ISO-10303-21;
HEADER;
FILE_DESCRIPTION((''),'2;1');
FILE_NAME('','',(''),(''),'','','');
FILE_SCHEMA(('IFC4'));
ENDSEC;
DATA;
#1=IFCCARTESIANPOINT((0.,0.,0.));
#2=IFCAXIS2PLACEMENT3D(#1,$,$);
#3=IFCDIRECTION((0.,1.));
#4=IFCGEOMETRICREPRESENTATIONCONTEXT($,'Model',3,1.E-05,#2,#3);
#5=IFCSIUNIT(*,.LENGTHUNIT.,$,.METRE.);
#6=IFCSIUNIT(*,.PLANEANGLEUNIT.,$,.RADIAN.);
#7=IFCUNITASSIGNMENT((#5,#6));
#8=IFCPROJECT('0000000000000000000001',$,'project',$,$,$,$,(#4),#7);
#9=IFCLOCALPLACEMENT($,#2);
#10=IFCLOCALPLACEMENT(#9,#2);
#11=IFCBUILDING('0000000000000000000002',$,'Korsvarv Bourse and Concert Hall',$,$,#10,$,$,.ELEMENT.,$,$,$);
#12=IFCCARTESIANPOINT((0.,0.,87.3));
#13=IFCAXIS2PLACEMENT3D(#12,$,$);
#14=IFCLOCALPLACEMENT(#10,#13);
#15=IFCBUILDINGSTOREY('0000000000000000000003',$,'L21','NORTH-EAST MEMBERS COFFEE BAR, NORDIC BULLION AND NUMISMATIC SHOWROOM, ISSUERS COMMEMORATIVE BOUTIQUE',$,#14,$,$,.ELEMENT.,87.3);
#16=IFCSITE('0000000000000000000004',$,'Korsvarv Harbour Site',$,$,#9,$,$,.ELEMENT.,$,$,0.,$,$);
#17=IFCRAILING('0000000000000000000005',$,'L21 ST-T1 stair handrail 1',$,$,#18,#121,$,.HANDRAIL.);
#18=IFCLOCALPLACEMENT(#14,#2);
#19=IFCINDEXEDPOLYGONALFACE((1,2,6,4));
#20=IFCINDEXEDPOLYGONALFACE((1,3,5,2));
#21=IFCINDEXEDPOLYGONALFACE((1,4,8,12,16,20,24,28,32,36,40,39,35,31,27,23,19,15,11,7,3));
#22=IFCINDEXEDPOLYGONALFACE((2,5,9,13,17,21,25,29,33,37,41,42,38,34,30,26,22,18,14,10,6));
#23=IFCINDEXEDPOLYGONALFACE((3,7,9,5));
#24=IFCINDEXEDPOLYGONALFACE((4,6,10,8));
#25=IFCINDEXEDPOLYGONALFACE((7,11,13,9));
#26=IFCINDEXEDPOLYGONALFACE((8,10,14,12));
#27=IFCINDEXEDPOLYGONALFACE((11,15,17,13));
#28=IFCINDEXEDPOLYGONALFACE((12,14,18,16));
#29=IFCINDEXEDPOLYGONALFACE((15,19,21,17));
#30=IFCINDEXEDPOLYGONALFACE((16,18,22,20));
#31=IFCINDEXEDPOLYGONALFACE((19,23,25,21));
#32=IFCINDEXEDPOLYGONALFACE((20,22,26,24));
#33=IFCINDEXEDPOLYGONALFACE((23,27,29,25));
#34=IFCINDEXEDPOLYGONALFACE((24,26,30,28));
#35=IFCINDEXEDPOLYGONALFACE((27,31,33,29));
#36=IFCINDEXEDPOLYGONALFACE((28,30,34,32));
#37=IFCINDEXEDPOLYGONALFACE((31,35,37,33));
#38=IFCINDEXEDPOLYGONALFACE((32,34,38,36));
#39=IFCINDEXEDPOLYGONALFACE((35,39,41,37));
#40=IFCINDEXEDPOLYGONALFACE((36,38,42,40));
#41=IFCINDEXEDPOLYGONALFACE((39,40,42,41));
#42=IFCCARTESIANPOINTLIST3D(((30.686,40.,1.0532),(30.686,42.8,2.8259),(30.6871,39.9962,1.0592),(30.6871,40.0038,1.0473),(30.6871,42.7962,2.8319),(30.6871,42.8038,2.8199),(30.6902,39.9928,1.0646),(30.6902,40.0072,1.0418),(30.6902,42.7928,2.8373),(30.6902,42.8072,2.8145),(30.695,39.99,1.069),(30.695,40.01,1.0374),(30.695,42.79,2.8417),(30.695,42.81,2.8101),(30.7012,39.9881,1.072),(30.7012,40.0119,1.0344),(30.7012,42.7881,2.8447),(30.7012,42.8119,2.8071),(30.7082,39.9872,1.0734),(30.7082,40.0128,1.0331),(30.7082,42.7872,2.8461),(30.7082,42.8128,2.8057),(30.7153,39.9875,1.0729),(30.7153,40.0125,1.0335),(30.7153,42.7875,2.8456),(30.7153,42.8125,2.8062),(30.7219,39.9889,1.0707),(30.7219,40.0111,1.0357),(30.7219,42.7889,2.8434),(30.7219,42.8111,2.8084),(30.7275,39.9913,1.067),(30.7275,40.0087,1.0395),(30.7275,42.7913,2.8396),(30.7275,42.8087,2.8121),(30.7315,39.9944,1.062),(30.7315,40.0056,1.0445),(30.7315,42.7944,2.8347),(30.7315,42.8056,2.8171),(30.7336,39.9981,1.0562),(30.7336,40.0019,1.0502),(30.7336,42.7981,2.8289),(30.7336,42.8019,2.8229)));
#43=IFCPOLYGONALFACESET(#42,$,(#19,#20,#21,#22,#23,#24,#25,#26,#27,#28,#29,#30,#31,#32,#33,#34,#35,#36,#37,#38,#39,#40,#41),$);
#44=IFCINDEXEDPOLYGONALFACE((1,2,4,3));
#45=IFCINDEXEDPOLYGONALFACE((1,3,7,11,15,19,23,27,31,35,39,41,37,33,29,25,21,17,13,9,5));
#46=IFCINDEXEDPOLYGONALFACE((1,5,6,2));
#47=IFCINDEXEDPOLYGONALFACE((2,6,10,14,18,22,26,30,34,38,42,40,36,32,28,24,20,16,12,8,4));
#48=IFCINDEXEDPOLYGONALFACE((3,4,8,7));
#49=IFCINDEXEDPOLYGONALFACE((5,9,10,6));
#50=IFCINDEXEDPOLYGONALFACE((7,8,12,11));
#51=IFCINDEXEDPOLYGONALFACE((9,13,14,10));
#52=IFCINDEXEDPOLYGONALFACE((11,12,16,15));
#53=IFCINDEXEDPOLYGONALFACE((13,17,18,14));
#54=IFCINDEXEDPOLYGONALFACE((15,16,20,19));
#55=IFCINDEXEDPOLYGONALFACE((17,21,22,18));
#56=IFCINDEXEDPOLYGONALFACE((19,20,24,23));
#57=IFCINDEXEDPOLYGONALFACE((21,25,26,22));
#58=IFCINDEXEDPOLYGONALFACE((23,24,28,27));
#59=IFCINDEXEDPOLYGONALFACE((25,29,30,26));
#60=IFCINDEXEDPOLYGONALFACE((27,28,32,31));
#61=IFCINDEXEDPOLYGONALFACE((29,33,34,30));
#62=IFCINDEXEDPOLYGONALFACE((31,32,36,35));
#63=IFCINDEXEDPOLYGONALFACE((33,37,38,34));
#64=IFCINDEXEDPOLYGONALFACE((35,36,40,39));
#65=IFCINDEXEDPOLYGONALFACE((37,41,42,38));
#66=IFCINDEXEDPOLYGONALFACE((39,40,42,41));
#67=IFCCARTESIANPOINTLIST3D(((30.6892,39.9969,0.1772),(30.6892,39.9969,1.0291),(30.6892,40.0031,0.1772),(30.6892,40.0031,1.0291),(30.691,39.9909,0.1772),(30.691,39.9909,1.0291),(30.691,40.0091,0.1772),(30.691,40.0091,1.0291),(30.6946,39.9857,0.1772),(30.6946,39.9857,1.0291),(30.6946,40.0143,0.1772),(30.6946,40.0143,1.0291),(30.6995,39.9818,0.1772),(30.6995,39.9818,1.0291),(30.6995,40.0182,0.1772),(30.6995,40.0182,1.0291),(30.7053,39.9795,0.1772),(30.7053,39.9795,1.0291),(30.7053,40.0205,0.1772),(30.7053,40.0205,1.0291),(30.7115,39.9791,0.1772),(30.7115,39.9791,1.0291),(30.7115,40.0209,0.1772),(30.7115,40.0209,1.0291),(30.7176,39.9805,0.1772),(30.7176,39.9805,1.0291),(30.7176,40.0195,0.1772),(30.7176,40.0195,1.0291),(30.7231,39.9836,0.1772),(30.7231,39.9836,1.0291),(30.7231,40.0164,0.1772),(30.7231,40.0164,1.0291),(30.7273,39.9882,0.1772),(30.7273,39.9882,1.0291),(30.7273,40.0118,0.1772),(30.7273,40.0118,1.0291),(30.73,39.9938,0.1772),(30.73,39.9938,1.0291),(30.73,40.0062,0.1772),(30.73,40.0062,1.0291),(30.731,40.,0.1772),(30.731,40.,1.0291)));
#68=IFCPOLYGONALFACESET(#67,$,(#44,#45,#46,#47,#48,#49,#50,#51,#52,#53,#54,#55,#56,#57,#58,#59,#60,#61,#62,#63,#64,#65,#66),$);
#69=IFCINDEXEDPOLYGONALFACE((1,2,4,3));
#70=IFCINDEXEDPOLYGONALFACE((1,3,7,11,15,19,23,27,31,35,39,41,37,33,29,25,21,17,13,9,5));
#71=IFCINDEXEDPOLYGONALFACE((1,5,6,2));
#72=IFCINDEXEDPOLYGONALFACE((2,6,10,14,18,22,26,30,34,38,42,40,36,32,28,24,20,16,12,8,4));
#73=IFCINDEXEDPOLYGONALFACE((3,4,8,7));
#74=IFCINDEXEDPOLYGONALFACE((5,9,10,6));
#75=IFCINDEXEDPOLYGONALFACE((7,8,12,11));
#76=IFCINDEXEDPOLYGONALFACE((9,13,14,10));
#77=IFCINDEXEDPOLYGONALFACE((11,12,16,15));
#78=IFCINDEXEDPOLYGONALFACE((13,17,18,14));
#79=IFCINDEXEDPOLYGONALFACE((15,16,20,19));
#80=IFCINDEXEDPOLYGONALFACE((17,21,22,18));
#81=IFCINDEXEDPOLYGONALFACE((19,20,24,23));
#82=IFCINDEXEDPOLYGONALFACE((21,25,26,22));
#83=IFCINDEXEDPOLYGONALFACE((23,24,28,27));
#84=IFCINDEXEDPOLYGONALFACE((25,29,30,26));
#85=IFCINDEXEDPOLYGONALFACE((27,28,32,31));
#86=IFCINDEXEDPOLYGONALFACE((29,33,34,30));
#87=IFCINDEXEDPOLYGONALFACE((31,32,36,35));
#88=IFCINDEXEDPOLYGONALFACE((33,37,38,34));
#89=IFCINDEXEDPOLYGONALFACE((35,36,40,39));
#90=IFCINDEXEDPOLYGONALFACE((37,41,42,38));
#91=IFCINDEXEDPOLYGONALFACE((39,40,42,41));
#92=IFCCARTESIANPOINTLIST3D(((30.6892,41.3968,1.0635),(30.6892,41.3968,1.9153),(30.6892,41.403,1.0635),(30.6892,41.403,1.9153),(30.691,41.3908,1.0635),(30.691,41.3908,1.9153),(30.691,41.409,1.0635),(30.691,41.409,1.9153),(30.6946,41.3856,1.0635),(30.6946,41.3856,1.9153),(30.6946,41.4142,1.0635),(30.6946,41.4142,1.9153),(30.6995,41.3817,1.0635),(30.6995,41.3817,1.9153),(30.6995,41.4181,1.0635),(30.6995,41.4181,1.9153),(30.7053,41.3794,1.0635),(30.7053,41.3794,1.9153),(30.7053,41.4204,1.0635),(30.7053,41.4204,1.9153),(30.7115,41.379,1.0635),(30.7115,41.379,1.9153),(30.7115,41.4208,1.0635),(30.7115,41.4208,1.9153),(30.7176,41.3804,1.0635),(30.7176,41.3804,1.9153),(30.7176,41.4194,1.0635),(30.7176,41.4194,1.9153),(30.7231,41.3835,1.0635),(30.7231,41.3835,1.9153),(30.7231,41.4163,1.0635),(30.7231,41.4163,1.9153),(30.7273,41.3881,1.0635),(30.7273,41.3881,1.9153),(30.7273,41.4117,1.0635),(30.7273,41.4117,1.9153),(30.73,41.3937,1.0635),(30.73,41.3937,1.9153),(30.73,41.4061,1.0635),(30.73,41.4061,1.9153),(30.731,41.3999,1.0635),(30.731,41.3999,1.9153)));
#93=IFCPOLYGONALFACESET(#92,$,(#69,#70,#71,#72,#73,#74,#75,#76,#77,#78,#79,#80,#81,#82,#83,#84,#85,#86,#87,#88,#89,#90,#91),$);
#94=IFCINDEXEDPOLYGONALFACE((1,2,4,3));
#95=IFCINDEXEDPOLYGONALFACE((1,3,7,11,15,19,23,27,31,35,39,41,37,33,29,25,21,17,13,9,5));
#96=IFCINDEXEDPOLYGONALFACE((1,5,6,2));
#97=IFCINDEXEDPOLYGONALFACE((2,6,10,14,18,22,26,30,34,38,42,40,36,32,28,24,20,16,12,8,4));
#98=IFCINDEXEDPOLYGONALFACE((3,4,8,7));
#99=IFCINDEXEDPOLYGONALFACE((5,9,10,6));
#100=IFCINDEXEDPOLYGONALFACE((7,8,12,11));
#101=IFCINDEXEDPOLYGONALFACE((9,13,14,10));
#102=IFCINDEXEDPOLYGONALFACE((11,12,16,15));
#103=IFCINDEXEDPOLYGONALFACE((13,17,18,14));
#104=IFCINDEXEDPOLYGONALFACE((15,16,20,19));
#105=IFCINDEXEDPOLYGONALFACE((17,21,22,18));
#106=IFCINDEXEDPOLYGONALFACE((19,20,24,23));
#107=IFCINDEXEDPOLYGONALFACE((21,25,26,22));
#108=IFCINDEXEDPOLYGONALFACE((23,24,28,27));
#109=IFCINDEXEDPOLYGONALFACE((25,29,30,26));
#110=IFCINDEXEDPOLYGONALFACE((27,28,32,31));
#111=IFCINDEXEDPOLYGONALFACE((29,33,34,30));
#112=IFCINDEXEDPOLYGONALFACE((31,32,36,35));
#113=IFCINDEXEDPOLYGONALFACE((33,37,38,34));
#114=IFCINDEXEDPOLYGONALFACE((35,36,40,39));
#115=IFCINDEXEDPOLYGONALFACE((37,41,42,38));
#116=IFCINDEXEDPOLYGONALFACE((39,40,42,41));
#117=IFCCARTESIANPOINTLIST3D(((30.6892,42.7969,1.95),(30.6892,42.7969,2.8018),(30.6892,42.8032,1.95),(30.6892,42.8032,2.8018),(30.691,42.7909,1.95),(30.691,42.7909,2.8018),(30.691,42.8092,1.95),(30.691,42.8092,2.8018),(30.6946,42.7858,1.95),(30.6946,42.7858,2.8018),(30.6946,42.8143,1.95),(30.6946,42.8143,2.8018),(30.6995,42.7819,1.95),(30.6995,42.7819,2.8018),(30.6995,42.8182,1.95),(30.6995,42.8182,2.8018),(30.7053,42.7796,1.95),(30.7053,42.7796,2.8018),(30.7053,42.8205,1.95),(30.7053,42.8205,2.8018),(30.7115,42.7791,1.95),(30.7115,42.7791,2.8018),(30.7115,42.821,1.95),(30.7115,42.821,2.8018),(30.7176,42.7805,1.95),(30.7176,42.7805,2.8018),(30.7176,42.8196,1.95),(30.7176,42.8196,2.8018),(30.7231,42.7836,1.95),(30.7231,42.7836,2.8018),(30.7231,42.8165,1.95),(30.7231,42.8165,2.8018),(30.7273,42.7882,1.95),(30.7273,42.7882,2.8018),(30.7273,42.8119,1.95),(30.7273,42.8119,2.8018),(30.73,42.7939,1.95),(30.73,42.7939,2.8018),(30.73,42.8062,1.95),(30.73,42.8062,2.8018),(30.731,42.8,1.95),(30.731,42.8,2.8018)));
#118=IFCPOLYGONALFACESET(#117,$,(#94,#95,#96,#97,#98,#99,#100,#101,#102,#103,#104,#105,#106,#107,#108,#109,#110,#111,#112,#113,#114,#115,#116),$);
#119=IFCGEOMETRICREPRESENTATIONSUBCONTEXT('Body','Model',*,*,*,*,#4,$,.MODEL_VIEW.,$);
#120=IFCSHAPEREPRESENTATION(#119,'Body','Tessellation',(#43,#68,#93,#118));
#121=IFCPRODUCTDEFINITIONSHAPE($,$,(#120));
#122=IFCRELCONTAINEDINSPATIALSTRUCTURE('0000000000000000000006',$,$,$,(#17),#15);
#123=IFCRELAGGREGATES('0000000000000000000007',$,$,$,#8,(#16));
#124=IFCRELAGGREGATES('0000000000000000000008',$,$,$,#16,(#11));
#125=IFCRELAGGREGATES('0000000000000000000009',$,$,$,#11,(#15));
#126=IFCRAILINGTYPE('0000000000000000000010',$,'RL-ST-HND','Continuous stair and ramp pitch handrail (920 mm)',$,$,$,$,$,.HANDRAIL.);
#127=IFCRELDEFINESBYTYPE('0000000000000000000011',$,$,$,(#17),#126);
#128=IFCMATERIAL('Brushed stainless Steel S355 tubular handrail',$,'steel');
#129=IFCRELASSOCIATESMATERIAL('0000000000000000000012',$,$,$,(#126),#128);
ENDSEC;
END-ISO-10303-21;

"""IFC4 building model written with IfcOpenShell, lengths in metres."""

from ifc_helpers import new_model, si_unit, direction, frame, origin, origin_2d, place, context, subcontext, project, spatial, circle, extrude, material, type_object, element, save


model = new_model("IFC4")

# Units and contexts
model_context = context("Model", 3, precision=1e-05, world=origin(), true_north=direction((0.0, 1.0)))
body_context = subcontext(model_context, "Body", "Model", "MODEL_VIEW")
ifc_project = project(units=[si_unit("LENGTHUNIT", "METRE"), si_unit("PLANEANGLEUNIT", "RADIAN")], contexts=[model_context])

# Site, building, storey
site_placement = place(None, origin())
site = spatial("IfcSite", under=ifc_project, at=site_placement, Name="Korsvarv Harbour Site", CompositionType="ELEMENT", RefElevation=0.0)
building_placement = place(site_placement, origin())
building = spatial("IfcBuilding", under=site, at=building_placement, Name="Korsvarv Bourse and Concert Hall", CompositionType="ELEMENT")
storey_placement = place(building_placement, frame((0.0, 0.0, 87.3)))
storey = spatial("IfcBuildingStorey", under=building, at=storey_placement, Name="L21", Description="NORTH-EAST MEMBERS COFFEE BAR, NORDIC BULLION AND NUMISMATIC SHOWROOM, ISSUERS COMMEMORATIVE BOUTIQUE", CompositionType="ELEMENT", Elevation=87.3)

# Railing
ifc_material_1 = material(Name="Brushed stainless Steel S355 tubular handrail", Category="steel")
railing_type = type_object("IfcRailingType", Name="RL-ST-HND", Description="Continuous stair and ramp pitch handrail (920 mm)", PredefinedType="HANDRAIL", material=ifc_material_1)
railing_placement = place(storey_placement, frame((30.71, 40.0, 0.1772)))
element("IfcRailing", 1, at=railing_placement, inside=storey, type_object=railing_type, Name="L21 ST-T1 stair handrail 1", PredefinedType="HANDRAIL", context=body_context, shape_type="SweptSolid", body=[
    extrude(circle(Radius=0.0239, at=origin_2d()), frame((0.0, 0.0, 0.876), z_axis=(0.0, 0.844909, 0.53491), x_axis=(-1.0, 0.0, 0.0)), (0.0, 0.0, 1.0), 3.314),
    extrude(circle(Radius=0.021, at=origin_2d()), origin(), (0.0, 0.0, 1.0), 0.8518),
    extrude(circle(Radius=0.021, at=origin_2d()), frame((0.0, 1.3999, 0.8862)), (0.0, 0.0, 1.0), 0.8518),
    extrude(circle(Radius=0.021, at=origin_2d()), frame((0.0, 2.8, 1.7727)), (0.0, 0.0, 1.0), 0.8518),
])

save(model, "model.ifc")
